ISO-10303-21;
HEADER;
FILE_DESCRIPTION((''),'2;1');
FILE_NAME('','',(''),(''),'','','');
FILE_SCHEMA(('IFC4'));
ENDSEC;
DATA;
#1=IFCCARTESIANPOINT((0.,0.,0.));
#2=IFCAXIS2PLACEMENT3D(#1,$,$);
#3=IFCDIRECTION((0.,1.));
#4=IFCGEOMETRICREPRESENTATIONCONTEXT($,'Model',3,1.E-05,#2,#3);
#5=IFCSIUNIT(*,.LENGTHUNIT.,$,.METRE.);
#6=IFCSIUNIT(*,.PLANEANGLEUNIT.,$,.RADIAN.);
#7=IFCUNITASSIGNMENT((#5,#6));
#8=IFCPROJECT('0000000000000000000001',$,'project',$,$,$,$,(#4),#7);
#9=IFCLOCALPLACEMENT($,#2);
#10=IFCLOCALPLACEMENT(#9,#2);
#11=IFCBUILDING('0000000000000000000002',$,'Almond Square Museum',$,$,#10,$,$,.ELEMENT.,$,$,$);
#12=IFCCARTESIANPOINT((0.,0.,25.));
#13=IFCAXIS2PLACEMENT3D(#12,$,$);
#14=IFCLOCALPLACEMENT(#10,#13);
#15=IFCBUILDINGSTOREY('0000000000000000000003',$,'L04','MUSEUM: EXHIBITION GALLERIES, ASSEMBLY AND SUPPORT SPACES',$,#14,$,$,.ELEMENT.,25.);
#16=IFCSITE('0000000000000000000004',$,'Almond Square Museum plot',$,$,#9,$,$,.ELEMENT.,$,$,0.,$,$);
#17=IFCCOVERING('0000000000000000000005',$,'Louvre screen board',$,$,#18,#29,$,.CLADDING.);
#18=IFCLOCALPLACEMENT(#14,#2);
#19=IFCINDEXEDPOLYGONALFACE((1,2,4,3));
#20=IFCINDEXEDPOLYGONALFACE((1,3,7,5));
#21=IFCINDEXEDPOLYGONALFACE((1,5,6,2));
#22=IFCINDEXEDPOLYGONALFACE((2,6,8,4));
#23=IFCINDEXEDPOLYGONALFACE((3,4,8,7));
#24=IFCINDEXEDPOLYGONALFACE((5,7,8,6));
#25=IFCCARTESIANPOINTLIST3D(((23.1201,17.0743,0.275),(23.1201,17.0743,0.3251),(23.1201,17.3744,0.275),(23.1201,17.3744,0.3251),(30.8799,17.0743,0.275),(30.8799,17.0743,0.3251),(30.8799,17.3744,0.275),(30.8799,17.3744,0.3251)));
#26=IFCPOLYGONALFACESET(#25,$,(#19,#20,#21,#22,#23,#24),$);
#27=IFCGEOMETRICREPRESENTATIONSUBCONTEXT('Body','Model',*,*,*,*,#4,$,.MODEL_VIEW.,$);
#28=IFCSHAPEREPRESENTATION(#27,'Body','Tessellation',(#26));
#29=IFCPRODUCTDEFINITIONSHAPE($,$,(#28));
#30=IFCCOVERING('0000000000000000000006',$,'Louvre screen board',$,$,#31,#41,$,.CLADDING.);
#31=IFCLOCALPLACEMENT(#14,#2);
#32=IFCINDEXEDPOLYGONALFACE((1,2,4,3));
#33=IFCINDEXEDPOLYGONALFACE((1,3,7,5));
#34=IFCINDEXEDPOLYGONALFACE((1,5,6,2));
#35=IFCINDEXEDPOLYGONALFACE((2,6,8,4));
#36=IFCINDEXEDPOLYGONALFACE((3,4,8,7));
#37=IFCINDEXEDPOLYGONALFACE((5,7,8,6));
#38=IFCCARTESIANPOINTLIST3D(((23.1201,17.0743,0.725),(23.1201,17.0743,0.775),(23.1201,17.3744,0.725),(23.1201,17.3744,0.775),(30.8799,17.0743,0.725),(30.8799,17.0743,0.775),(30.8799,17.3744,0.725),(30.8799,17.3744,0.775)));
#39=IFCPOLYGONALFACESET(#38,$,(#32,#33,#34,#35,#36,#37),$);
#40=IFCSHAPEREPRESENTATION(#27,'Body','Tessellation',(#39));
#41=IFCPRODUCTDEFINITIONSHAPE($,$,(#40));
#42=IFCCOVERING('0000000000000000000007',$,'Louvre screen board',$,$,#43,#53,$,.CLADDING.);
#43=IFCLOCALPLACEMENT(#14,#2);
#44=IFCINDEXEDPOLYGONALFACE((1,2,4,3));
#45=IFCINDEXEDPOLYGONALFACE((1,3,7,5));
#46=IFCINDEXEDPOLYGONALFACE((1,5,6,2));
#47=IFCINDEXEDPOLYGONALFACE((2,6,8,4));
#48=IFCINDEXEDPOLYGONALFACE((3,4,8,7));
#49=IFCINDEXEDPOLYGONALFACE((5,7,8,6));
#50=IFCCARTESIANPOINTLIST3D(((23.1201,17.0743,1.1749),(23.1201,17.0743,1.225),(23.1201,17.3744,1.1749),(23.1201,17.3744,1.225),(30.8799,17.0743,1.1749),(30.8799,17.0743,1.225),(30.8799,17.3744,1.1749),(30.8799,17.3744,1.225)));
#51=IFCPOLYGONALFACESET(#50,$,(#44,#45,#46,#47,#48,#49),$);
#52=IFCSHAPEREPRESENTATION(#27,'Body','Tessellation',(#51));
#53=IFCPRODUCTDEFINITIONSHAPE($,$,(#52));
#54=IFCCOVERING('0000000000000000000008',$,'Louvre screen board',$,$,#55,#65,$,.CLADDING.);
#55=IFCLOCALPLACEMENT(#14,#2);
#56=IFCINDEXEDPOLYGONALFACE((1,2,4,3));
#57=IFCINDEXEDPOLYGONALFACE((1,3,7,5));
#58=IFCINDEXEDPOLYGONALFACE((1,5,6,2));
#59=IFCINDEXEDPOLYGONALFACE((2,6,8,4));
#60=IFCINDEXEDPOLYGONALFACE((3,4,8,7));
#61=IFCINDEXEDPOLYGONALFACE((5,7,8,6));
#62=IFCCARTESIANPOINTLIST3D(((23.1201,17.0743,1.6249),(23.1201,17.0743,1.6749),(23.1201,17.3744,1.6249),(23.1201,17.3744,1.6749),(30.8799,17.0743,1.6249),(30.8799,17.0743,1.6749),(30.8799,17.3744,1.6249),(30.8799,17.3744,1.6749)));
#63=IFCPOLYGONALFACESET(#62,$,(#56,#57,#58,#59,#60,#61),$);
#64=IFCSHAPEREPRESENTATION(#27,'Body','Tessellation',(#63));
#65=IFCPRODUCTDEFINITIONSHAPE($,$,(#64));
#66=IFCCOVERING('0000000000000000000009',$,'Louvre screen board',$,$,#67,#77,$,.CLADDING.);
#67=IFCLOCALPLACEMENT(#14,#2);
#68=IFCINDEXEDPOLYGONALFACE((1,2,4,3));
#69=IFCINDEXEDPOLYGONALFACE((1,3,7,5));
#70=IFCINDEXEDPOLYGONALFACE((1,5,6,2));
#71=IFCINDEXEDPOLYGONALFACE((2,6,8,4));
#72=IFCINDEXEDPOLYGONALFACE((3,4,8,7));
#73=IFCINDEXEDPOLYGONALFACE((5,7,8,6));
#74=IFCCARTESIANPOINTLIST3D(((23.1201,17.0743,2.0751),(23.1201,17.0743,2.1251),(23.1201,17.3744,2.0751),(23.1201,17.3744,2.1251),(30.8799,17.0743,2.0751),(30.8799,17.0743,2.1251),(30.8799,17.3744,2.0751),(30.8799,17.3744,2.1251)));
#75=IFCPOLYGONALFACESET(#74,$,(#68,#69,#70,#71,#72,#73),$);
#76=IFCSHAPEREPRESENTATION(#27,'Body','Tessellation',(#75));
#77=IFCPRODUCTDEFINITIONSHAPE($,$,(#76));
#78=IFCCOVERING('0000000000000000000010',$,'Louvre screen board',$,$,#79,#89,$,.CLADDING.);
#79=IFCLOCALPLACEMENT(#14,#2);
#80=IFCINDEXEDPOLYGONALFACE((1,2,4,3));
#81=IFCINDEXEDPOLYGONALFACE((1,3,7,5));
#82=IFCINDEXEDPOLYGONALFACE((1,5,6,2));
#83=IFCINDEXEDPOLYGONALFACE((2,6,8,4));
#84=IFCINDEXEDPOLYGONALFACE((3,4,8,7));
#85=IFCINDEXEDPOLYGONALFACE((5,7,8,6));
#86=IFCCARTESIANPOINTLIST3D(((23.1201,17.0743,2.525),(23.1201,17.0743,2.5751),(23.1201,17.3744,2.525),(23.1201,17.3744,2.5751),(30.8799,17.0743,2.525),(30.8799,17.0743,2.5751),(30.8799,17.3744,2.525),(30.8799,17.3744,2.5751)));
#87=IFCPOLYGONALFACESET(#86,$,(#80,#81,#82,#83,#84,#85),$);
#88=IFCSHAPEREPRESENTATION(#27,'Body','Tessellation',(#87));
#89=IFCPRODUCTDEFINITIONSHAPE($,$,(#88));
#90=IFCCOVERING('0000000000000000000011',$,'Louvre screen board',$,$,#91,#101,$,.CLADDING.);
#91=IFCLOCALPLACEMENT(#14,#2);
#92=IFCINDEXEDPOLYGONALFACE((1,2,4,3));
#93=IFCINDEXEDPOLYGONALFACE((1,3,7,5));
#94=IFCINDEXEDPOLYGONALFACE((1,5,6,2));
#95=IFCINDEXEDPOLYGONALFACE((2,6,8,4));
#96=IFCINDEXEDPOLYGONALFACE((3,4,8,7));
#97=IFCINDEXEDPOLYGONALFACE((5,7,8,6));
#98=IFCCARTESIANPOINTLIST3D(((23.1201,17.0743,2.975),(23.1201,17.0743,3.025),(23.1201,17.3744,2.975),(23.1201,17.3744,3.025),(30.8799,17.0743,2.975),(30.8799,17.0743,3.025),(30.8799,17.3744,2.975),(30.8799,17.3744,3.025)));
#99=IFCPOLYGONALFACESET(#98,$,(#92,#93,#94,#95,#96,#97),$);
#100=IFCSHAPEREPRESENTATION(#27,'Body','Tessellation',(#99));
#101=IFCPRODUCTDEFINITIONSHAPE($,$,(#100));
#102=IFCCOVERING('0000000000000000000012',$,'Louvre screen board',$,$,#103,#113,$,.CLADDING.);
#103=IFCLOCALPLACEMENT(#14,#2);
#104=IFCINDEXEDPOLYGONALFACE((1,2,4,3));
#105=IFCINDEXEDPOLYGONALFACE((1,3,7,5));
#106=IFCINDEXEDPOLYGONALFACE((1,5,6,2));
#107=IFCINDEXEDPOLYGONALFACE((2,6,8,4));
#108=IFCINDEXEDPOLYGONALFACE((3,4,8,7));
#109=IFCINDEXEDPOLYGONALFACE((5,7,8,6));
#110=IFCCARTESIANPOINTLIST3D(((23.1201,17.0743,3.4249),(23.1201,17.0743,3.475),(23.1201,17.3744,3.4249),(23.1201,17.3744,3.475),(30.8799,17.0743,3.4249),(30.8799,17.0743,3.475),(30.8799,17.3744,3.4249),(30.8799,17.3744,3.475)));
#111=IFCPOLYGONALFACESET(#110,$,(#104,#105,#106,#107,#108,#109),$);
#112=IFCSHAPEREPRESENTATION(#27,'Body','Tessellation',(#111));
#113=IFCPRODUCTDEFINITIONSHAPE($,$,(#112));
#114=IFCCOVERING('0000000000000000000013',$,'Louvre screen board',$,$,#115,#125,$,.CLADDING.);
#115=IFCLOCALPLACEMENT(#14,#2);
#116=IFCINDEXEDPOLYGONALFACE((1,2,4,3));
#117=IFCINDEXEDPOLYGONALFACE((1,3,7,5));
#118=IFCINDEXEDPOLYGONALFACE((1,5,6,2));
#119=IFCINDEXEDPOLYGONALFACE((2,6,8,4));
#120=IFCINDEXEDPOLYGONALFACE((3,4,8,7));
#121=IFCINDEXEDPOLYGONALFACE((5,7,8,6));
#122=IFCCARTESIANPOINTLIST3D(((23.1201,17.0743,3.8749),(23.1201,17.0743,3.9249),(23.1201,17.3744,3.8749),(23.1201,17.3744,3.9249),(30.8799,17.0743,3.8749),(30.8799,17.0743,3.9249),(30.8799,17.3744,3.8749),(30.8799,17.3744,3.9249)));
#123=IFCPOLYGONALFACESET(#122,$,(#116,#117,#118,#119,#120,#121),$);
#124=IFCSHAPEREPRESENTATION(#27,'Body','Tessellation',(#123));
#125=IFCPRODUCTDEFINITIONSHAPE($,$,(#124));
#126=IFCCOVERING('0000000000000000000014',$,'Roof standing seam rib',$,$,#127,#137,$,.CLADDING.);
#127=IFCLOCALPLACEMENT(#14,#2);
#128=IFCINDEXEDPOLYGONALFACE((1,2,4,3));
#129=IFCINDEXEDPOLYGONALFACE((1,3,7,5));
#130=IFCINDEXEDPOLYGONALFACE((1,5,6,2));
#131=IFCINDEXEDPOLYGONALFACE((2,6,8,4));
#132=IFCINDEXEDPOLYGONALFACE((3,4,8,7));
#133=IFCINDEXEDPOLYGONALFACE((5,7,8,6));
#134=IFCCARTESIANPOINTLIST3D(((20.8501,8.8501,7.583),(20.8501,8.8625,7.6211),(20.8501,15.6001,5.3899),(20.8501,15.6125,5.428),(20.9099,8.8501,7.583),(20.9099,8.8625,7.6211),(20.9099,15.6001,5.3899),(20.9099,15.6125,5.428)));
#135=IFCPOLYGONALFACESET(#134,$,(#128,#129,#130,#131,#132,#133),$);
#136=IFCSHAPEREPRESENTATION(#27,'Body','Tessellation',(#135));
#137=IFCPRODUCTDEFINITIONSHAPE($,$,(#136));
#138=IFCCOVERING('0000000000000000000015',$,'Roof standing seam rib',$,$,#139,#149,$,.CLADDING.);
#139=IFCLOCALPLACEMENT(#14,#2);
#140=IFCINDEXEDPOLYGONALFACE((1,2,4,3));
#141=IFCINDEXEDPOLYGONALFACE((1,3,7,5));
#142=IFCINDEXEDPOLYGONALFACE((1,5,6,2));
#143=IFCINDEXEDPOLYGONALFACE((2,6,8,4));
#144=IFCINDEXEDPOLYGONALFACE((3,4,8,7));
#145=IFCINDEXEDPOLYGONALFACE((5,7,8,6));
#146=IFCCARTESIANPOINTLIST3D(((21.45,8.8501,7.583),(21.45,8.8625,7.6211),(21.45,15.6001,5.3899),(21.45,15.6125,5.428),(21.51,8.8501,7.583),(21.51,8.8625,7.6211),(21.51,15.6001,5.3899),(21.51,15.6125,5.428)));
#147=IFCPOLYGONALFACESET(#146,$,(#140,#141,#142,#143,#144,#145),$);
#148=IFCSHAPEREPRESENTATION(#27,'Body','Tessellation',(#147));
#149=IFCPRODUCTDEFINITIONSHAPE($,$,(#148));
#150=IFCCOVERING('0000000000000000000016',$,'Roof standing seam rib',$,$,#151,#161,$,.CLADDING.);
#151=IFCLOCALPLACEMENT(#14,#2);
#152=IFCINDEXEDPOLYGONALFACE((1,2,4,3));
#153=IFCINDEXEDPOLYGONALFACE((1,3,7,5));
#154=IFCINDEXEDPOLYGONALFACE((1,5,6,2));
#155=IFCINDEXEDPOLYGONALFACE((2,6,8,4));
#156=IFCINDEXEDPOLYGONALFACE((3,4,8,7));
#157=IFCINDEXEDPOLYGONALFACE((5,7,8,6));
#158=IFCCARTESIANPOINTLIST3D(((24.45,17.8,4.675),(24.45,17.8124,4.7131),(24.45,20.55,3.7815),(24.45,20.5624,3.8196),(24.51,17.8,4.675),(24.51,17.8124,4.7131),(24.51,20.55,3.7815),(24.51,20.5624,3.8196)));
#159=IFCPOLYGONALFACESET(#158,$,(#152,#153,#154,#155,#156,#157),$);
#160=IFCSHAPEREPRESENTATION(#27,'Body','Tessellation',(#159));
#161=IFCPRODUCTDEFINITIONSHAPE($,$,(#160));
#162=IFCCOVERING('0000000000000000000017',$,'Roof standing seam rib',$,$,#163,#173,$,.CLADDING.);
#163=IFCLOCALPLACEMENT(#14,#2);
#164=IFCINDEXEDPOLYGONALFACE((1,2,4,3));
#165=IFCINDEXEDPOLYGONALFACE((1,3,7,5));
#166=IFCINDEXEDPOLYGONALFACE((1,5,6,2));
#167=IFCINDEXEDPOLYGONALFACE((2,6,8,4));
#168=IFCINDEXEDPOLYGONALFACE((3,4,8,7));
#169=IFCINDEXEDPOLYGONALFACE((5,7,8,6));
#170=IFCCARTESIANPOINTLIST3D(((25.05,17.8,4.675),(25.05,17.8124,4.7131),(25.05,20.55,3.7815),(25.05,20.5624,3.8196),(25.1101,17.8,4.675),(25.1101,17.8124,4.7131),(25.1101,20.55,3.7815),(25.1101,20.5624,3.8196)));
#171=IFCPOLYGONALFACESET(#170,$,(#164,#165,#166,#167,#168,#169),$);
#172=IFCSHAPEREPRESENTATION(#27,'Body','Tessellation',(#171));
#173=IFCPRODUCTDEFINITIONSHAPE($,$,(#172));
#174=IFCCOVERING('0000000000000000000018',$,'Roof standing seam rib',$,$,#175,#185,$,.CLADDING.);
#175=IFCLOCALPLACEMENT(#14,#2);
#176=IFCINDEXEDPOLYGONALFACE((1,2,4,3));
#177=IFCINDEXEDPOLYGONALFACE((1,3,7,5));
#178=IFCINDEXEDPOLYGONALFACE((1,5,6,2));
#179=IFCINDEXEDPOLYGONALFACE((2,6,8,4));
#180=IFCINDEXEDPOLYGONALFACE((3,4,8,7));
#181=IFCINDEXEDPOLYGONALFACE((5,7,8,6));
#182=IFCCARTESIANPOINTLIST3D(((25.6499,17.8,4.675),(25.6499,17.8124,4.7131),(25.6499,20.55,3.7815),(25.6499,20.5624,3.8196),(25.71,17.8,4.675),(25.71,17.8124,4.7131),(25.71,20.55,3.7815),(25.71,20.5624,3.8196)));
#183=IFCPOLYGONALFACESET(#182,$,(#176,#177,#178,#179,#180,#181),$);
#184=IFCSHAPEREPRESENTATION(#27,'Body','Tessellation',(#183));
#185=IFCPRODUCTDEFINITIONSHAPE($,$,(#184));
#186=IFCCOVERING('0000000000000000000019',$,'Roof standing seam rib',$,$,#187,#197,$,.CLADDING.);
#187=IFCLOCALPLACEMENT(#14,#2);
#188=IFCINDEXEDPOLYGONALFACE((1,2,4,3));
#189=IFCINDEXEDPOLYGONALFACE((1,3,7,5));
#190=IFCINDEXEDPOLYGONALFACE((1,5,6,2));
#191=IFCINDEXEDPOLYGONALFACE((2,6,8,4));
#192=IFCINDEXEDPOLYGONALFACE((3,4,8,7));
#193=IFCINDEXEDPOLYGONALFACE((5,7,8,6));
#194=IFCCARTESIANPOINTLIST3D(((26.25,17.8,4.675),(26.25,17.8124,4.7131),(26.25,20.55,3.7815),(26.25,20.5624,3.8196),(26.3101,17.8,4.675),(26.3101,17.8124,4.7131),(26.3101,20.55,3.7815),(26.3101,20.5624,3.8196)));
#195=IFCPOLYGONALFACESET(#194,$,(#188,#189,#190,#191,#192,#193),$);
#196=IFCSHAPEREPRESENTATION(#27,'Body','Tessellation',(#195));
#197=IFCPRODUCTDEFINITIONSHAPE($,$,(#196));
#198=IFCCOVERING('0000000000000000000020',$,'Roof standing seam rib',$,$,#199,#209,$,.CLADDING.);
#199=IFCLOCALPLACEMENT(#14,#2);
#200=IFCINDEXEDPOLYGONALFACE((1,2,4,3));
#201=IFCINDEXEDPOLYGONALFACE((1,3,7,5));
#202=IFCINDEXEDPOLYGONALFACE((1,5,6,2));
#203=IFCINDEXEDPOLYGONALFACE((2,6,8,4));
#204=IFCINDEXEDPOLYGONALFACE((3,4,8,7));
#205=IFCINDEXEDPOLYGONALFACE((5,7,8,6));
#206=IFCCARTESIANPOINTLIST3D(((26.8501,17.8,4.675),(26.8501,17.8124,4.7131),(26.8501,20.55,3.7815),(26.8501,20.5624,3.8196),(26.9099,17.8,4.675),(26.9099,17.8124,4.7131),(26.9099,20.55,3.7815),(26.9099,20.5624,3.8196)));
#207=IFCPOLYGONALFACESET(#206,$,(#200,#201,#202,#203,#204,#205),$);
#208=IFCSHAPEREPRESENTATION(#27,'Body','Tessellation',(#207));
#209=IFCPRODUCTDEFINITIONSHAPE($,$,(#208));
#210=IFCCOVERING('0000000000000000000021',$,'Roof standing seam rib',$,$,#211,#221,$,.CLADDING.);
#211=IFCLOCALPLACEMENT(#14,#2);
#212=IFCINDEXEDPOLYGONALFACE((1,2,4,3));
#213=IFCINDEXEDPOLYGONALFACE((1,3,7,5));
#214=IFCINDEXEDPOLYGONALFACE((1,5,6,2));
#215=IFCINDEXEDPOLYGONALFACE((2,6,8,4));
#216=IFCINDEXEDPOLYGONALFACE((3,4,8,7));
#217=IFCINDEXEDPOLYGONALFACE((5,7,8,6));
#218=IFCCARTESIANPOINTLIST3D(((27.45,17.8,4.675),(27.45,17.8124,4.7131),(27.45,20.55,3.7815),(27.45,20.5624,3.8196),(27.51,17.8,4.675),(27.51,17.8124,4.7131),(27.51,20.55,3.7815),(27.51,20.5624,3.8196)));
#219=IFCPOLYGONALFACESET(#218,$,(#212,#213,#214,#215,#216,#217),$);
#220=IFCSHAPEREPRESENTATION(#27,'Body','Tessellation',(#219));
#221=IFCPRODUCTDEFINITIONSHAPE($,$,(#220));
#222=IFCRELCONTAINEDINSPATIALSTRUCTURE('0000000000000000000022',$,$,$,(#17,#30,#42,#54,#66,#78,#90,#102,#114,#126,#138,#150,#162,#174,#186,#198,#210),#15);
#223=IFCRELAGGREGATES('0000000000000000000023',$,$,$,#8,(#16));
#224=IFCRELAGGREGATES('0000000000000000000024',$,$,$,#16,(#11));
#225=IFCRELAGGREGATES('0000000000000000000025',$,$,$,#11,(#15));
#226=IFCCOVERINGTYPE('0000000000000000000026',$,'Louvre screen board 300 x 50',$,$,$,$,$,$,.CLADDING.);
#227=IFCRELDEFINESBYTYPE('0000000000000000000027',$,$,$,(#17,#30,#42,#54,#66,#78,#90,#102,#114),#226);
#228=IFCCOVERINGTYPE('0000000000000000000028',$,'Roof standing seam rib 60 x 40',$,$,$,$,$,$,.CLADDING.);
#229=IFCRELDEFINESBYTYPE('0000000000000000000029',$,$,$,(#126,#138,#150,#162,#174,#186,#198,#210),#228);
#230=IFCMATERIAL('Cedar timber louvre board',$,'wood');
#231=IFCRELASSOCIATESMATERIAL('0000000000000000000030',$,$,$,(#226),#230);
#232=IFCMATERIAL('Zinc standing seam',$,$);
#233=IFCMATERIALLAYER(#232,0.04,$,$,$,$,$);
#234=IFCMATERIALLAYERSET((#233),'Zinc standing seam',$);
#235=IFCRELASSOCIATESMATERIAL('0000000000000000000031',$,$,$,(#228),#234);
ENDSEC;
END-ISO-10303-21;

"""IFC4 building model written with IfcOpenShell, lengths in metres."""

from ifc_helpers import new_model, si_unit, direction, frame, origin, origin_2d, place, context, subcontext, project, spatial, polyline, rectangle, outline, extrude, material, layer, layer_set, material_profile, profile_set, type_object, element, save


model = new_model("IFC4")

# Units and contexts
model_context = context("Model", 3, precision=1e-05, world=origin(), true_north=direction((0.0, 1.0)))
body_context = subcontext(model_context, "Body", "Model", "MODEL_VIEW")
ifc_project = project(units=[si_unit("LENGTHUNIT", "METRE"), si_unit("PLANEANGLEUNIT", "RADIAN")], contexts=[model_context])

# Site, building, storey
site_placement = place(None, origin())
site = spatial("IfcSite", under=ifc_project, at=site_placement, Name="Almond Square Museum plot", CompositionType="ELEMENT", RefElevation=0.0)
building_placement = place(site_placement, origin())
building = spatial("IfcBuilding", under=site, at=building_placement, Name="Almond Square Museum", CompositionType="ELEMENT")
storey_placement = place(building_placement, frame((0.0, 0.0, 25.0)))
storey = spatial("IfcBuildingStorey", under=building, at=storey_placement, Name="L04", Description="MUSEUM: EXHIBITION GALLERIES, ASSEMBLY AND SUPPORT SPACES", CompositionType="ELEMENT", Elevation=25.0)

# Coverings
ifc_material_1 = material(Name="Cedar timber louvre board", Category="wood")
ifc_material_profile_1 = material_profile(ifc_material_1, rectangle(XDim=0.3, YDim=0.05, at=origin_2d()))
ifc_profile_set_1 = profile_set([ifc_material_profile_1], Name="Cedar timber louvre board")
covering_type_1 = type_object("IfcCoveringType", Name="Louvre screen board 300 x 50", PredefinedType="CLADDING", material=ifc_profile_set_1)
for number, where, z_axis, x_axis, name in (
    (1, (23.1201, 17.2244, 0.3), (1.0, 0.0, 0.0), (0.0, 1.0, 0.0), "Louvre screen board"),
    (2, (23.1201, 17.2244, 0.75), (1.0, 0.0, 0.0), (0.0, 1.0, 0.0), "Louvre screen board"),
    (3, (23.1201, 17.2244, 1.2), (1.0, 0.0, 0.0), (0.0, 1.0, 0.0), "Louvre screen board"),
    (4, (23.1201, 17.2244, 1.6499), (1.0, 0.0, 0.0), (0.0, 1.0, 0.0), "Louvre screen board"),
    (5, (23.1201, 17.2244, 2.1001), (1.0, 0.0, 0.0), (0.0, 1.0, 0.0), "Louvre screen board"),
    (6, (23.1201, 17.2244, 2.55), (1.0, 0.0, 0.0), (0.0, 1.0, 0.0), "Louvre screen board"),
    (7, (23.1201, 17.2244, 3.0), (1.0, 0.0, 0.0), (0.0, 1.0, 0.0), "Louvre screen board"),
    (8, (23.1201, 17.2244, 3.45), (1.0, 0.0, 0.0), (0.0, 1.0, 0.0), "Louvre screen board"),
    (9, (23.1201, 17.2244, 3.8999), (1.0, 0.0, 0.0), (0.0, 1.0, 0.0), "Louvre screen board"),
):
    element("IfcCovering", number, at=place(storey_placement, frame(where, z_axis=z_axis, x_axis=x_axis)), inside=storey, type_object=covering_type_1, Name=name, PredefinedType="CLADDING", context=body_context, shape_type="SweptSolid", body=[
        extrude(rectangle(XDim=0.3, YDim=0.05, at=origin_2d()), origin(), (0.0, 0.0, 1.0), 7.7598),
    ])
ifc_material_2 = material(Name="Zinc standing seam")
ifc_layer_1 = layer(ifc_material_2, 0.04)
ifc_layer_set_1 = layer_set([ifc_layer_1], Name="Zinc standing seam")
covering_type_2 = type_object("IfcCoveringType", Name="Roof standing seam rib 60 x 40", PredefinedType="CLADDING", material=ifc_layer_set_1)
covering_1_placement = place(storey_placement, frame((20.8501, 8.8501, 7.583), z_axis=(0.0, 0.309005, 0.95106), x_axis=(1.0, 0.0, 0.0)))
element("IfcCovering", 10, at=covering_1_placement, inside=storey, type_object=covering_type_2, Name="Roof standing seam rib", PredefinedType="CLADDING", context=body_context, shape_type="SweptSolid", body=[
    extrude(outline(polyline([(0.0, 0.0), (0.0598, 0.0), (0.0598, 7.0973), (0.0, 7.0973), (0.0, 0.0)])), origin(), (0.0, 0.0, 1.0), 0.04),
])
covering_2_placement = place(storey_placement, frame((21.45, 8.8501, 7.583), z_axis=(0.0, 0.309005, 0.95106), x_axis=(1.0, 0.0, 0.0)))
element("IfcCovering", 11, at=covering_2_placement, inside=storey, type_object=covering_type_2, Name="Roof standing seam rib", PredefinedType="CLADDING", context=body_context, shape_type="SweptSolid", body=[
    extrude(outline(polyline([(0.0, 0.0), (0.0601, 0.0), (0.0601, 7.0973), (0.0, 7.0973), (0.0, 0.0)])), origin(), (0.0, 0.0, 1.0), 0.04),
])
for number, where, z_axis, x_axis, name in (
    (12, (24.51, 17.8, 4.675), (0.0, 0.309025, 0.951054), (0.0, 0.951054, -0.309025), "Roof standing seam rib"),
    (13, (25.1101, 17.8, 4.675), (0.0, 0.309025, 0.951054), (0.0, 0.951054, -0.309025), "Roof standing seam rib"),
    (14, (25.71, 17.8, 4.675), (0.0, 0.309025, 0.951054), (0.0, 0.951054, -0.309025), "Roof standing seam rib"),
    (15, (26.3101, 17.8, 4.675), (0.0, 0.309025, 0.951054), (0.0, 0.951054, -0.309025), "Roof standing seam rib"),
):
    element("IfcCovering", number, at=place(storey_placement, frame(where, z_axis=z_axis, x_axis=x_axis)), inside=storey, type_object=covering_type_2, Name=name, PredefinedType="CLADDING", context=body_context, shape_type="SweptSolid", body=[
        extrude(outline(polyline([(0.0, 0.0), (2.8915, 0.0), (2.8915, 0.0601), (0.0, 0.0601), (0.0, 0.0)])), origin(), (0.0, 0.0, 1.0), 0.04),
    ])
covering_3_placement = place(storey_placement, frame((26.9099, 17.8, 4.675), z_axis=(0.0, 0.309025, 0.951054), x_axis=(0.0, 0.951054, -0.309025)))
element("IfcCovering", 16, at=covering_3_placement, inside=storey, type_object=covering_type_2, Name="Roof standing seam rib", PredefinedType="CLADDING", context=body_context, shape_type="SweptSolid", body=[
    extrude(outline(polyline([(0.0, 0.0), (2.8915, 0.0), (2.8915, 0.0598), (0.0, 0.0598), (0.0, 0.0)])), origin(), (0.0, 0.0, 1.0), 0.04),
])
covering_4_placement = place(storey_placement, frame((27.51, 17.8, 4.675), z_axis=(0.0, 0.309025, 0.951054), x_axis=(0.0, 0.951054, -0.309025)))
element("IfcCovering", 17, at=covering_4_placement, inside=storey, type_object=covering_type_2, Name="Roof standing seam rib", PredefinedType="CLADDING", context=body_context, shape_type="SweptSolid", body=[
    extrude(outline(polyline([(0.0, 0.0), (2.8915, 0.0), (2.8915, 0.0601), (0.0, 0.0601), (0.0, 0.0)])), origin(), (0.0, 0.0, 1.0), 0.04),
])

save(model, "model.ifc")
